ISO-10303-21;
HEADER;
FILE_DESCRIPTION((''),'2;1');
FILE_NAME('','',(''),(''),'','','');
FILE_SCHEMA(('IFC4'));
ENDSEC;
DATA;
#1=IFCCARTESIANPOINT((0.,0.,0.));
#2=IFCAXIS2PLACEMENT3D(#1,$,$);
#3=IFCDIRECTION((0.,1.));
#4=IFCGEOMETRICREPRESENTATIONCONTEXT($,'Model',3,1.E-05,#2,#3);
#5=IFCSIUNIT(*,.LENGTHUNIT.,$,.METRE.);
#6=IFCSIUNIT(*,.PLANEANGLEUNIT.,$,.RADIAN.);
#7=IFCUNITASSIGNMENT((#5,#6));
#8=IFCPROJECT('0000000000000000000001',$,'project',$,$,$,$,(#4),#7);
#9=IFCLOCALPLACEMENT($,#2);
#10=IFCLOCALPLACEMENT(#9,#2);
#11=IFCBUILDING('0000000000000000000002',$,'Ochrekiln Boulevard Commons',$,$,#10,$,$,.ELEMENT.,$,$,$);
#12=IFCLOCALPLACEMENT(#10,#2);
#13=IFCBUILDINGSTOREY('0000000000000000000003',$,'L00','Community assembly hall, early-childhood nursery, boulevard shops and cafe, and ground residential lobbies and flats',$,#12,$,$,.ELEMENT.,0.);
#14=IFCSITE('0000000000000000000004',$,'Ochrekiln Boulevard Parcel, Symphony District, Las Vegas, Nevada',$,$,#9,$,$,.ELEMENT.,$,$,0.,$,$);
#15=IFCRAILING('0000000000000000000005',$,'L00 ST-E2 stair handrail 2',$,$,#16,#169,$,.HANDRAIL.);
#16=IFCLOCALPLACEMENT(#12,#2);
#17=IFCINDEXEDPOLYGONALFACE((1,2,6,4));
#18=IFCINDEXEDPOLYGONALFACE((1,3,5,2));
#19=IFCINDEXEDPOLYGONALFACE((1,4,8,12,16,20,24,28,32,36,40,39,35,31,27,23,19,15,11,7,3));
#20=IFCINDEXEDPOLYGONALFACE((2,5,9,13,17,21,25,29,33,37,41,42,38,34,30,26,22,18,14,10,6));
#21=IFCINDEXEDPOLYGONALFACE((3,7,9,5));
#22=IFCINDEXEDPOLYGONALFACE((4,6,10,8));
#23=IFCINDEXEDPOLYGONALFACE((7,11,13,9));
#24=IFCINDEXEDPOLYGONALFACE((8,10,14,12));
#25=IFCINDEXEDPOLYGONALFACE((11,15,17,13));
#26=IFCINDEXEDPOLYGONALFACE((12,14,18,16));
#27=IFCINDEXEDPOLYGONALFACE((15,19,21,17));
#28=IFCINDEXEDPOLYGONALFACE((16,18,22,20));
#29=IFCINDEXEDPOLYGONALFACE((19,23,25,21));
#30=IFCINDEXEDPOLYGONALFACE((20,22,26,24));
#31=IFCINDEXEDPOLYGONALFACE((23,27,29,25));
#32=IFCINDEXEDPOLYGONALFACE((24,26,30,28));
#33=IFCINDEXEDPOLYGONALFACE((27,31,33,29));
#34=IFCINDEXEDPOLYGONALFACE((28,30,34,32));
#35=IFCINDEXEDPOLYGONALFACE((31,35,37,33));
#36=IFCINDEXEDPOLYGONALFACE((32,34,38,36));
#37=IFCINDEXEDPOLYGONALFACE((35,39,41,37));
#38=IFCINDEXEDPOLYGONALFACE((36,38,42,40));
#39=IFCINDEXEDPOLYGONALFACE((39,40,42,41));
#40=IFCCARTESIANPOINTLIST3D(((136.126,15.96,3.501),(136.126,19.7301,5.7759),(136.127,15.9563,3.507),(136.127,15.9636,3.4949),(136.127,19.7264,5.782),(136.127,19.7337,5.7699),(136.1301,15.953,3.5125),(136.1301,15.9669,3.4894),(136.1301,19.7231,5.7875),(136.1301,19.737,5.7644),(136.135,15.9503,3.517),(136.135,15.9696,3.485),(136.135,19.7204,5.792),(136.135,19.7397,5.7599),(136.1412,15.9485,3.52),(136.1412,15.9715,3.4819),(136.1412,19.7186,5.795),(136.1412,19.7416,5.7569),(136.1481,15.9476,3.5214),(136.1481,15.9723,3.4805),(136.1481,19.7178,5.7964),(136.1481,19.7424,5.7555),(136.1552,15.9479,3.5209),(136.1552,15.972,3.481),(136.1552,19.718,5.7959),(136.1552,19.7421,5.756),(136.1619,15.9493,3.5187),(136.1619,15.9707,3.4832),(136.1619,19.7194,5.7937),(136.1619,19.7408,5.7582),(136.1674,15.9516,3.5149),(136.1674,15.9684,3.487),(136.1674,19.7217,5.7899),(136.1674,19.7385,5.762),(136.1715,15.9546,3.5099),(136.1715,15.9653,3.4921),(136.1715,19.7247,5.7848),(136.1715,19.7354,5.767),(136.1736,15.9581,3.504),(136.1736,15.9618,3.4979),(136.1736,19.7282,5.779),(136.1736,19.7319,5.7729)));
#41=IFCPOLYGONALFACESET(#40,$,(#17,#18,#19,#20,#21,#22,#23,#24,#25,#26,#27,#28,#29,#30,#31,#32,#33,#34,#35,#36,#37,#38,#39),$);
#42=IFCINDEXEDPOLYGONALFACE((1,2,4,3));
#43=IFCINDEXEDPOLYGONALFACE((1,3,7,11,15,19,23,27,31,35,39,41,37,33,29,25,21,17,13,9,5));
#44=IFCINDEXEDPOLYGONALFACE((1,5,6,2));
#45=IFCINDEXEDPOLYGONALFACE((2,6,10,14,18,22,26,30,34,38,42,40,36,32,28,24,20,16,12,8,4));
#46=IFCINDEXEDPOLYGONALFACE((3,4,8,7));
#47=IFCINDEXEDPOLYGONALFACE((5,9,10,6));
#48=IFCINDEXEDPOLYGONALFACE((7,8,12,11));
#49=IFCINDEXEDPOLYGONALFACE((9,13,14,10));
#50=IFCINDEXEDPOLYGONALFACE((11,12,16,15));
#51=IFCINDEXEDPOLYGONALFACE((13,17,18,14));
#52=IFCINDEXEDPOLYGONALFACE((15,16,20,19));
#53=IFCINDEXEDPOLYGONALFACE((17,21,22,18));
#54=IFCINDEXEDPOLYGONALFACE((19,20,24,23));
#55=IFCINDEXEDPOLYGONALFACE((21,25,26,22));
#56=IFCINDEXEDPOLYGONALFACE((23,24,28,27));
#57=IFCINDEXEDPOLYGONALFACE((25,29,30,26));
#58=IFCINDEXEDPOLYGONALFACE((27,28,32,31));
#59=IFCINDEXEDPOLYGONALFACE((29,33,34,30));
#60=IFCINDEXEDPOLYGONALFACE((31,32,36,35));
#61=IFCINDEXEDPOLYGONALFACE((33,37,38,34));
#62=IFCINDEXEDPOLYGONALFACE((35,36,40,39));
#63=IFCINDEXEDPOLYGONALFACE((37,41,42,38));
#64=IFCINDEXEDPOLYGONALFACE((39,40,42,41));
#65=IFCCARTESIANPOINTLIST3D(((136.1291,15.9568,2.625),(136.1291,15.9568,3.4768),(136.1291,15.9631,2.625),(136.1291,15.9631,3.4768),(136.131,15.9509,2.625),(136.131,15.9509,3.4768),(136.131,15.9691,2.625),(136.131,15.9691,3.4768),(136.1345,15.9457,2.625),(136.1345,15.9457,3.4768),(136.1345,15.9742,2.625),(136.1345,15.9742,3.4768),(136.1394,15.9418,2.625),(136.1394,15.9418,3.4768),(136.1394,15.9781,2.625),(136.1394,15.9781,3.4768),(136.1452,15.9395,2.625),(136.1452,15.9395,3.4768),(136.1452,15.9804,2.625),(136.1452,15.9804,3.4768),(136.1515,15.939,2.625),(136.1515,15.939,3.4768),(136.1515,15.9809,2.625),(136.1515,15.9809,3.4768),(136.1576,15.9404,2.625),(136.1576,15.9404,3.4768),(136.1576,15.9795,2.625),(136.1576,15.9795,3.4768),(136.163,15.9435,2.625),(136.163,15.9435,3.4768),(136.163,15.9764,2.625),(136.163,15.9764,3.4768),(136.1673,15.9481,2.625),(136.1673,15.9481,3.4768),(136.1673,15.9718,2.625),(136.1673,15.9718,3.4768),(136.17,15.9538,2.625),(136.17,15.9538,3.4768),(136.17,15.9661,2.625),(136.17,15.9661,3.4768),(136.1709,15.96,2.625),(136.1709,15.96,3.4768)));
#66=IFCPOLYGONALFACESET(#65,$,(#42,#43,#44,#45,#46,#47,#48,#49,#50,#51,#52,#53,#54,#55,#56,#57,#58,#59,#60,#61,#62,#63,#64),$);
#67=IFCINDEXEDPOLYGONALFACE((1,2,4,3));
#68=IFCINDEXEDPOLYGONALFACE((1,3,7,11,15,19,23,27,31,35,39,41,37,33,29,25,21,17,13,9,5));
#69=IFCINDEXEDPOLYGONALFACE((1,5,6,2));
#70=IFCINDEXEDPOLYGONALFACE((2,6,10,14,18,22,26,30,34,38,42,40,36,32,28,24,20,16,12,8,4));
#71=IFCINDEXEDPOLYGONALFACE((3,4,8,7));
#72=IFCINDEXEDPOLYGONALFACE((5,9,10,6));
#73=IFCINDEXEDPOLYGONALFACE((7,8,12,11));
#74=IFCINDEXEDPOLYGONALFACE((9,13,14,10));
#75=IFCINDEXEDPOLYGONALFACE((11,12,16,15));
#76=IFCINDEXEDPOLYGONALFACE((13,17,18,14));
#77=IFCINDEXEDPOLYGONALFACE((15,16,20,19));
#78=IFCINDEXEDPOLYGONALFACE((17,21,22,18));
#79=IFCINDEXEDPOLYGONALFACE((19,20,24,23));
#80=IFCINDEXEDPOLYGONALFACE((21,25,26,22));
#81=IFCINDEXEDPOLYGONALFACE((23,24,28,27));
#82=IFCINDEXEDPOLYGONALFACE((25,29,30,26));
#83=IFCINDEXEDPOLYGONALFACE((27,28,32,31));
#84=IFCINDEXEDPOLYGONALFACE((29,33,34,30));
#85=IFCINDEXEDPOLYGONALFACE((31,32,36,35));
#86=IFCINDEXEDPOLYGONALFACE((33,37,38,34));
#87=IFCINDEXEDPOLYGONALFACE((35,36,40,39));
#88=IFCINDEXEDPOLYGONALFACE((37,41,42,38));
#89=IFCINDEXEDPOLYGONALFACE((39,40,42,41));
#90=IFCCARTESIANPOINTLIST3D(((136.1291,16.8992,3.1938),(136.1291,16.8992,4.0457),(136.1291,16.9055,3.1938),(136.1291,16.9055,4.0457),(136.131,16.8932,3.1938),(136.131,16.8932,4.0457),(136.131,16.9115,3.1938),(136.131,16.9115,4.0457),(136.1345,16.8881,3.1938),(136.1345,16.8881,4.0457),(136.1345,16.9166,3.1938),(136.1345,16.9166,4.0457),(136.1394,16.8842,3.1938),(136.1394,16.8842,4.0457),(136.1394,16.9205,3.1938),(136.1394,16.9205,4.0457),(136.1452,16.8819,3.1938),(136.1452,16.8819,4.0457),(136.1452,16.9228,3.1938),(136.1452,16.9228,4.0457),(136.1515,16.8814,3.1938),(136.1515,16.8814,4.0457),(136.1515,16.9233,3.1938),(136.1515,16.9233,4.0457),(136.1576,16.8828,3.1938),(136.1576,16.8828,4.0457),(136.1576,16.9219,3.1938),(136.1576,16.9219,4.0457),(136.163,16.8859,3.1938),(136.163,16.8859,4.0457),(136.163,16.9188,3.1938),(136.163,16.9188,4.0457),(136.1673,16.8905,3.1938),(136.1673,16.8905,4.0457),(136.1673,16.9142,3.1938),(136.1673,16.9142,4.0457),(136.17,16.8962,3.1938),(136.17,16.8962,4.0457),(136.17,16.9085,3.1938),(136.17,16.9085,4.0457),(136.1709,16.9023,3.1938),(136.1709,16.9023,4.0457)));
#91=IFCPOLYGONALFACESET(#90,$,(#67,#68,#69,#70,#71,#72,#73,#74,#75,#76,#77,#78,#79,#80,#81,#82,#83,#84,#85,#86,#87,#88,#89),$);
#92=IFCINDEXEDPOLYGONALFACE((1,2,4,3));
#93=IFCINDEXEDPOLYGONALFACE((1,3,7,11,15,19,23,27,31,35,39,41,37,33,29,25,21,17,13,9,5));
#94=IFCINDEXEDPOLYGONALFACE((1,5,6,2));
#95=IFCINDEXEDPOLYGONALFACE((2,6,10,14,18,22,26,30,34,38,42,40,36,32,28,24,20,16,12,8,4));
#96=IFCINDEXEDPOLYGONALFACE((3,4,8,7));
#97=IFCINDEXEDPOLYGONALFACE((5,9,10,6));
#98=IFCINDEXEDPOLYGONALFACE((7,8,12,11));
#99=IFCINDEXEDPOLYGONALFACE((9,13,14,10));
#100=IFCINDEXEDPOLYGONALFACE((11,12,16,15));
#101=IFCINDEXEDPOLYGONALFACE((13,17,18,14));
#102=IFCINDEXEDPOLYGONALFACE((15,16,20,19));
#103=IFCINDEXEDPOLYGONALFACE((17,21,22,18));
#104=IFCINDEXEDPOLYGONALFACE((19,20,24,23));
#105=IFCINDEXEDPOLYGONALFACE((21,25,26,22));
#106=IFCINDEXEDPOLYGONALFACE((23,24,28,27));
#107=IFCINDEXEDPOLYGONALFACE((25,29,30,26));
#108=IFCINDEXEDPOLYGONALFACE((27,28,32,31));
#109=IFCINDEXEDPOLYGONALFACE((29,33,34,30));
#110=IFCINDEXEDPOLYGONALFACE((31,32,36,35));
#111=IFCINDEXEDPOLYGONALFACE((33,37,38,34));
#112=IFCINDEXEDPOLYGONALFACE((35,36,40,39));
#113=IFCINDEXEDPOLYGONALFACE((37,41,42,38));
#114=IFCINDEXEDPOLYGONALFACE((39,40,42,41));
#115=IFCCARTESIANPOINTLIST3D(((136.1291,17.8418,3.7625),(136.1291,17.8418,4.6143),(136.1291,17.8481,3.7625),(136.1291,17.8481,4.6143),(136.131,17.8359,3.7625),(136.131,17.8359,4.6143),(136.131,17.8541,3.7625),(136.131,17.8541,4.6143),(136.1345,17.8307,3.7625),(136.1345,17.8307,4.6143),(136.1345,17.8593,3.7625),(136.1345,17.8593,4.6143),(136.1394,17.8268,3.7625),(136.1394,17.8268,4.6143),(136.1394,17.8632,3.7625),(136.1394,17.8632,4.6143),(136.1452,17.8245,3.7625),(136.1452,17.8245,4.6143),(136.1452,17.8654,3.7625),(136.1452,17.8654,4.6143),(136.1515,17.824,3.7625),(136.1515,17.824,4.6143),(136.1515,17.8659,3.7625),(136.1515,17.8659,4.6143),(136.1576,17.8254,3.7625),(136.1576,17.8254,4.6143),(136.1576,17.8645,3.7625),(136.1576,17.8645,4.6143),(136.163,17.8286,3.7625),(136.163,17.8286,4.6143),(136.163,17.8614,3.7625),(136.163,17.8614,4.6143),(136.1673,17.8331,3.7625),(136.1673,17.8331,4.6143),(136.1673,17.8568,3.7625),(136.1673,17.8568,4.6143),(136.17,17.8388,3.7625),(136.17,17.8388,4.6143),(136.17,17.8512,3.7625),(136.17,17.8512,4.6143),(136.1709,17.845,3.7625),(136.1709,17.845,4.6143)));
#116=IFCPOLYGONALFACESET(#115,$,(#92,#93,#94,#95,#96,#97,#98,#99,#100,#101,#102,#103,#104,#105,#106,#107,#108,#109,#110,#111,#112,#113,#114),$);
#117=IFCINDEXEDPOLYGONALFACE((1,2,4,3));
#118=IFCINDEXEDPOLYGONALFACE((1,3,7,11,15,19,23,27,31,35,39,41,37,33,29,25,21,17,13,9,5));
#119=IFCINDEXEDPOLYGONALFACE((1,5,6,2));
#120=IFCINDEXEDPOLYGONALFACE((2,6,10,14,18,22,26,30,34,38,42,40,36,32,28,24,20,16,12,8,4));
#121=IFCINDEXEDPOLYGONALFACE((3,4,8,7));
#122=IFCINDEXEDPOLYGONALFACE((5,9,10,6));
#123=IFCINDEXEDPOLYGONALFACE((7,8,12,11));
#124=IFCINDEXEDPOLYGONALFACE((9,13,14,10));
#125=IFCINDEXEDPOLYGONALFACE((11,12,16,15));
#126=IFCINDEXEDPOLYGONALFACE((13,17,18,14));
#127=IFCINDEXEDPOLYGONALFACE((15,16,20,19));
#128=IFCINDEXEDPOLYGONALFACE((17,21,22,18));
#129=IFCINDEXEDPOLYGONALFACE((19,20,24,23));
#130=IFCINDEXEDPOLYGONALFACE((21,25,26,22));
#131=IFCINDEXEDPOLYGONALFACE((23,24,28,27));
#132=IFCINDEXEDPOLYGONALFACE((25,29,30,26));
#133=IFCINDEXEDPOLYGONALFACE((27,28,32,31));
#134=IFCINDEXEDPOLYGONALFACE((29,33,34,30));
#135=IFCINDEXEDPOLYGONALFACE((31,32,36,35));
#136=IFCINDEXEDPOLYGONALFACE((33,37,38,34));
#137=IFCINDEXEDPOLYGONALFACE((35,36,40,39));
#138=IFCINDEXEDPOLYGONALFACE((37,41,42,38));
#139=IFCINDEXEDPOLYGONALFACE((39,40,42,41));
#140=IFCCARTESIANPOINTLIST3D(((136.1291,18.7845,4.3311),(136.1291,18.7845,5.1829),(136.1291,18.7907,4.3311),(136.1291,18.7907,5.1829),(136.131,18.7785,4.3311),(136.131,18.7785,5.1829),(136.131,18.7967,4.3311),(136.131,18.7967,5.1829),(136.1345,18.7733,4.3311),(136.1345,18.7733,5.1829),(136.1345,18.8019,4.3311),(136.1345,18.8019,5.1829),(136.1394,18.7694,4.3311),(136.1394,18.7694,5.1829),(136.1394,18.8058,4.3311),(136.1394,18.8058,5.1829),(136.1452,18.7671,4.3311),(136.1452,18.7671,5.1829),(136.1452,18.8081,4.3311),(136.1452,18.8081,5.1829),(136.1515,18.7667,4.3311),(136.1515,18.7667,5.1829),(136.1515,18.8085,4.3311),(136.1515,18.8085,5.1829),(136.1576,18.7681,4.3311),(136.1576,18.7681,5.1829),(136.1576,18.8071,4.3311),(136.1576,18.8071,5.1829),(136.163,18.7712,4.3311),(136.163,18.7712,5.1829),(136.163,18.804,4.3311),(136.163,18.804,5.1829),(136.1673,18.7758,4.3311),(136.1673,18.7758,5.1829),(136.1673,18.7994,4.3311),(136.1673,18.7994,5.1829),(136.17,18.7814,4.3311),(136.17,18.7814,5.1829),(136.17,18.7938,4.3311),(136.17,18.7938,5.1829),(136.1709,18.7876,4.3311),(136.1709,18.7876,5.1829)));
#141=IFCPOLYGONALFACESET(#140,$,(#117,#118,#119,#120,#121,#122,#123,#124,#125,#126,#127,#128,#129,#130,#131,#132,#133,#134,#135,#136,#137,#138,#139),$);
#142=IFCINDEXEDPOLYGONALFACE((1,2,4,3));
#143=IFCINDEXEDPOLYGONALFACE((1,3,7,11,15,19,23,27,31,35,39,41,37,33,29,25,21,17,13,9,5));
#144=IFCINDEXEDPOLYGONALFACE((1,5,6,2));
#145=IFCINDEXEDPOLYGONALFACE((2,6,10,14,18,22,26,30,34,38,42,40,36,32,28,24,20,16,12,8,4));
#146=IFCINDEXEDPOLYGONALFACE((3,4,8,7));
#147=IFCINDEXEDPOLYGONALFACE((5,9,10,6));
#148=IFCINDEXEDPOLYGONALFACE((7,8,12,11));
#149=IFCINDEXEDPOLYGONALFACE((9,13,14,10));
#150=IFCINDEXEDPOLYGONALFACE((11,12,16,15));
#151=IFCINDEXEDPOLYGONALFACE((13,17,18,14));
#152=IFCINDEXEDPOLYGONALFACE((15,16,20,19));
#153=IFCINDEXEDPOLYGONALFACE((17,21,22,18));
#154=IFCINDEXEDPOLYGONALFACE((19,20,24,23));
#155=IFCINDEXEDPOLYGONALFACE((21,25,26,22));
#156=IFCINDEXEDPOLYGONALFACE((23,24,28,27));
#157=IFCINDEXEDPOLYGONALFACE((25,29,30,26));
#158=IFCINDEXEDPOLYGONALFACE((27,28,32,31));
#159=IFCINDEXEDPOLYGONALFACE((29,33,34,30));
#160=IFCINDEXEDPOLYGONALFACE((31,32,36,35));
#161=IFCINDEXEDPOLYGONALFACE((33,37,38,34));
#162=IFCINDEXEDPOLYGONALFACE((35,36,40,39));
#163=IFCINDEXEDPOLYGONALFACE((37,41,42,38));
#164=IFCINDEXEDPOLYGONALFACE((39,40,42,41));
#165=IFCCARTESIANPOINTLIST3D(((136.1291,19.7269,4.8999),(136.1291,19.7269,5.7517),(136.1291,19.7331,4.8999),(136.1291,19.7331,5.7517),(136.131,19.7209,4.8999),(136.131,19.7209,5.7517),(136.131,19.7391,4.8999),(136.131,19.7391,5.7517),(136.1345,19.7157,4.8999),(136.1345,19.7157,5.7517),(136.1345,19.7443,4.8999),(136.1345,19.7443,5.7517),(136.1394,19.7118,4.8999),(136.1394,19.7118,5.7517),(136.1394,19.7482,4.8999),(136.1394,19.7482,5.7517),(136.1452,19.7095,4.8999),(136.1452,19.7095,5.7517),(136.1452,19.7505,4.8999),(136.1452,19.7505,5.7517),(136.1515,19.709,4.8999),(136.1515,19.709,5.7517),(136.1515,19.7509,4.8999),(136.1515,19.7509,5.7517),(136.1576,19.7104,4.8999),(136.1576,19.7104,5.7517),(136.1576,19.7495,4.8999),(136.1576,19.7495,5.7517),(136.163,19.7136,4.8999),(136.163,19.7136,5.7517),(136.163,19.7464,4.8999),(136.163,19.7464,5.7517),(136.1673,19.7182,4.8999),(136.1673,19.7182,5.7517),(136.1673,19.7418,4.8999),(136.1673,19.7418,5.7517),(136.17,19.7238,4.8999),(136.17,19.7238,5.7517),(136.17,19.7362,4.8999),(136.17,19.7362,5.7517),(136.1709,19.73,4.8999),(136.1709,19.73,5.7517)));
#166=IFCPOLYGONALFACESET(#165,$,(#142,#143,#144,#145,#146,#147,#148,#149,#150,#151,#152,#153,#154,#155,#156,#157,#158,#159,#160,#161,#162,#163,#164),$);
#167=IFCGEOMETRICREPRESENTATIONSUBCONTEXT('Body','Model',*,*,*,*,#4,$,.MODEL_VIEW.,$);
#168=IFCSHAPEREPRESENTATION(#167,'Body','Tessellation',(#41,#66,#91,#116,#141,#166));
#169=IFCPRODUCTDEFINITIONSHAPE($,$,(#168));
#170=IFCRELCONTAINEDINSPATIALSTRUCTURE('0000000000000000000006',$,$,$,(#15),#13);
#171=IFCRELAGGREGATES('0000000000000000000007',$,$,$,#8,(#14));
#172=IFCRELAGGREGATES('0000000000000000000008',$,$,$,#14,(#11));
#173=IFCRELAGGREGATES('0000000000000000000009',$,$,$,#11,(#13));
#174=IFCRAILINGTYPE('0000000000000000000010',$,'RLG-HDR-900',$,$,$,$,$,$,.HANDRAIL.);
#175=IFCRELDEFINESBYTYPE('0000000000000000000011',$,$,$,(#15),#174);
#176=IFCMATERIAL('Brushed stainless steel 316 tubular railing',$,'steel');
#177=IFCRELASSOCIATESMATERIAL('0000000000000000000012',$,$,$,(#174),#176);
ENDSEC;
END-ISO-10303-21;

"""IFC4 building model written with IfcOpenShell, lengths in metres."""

from ifc_helpers import new_model, si_unit, direction, frame, origin, origin_2d, place, context, subcontext, project, spatial, circle, extrude, material, type_object, element, save


model = new_model("IFC4")

# Units and contexts
model_context = context("Model", 3, precision=1e-05, world=origin(), true_north=direction((0.0, 1.0)))
body_context = subcontext(model_context, "Body", "Model", "MODEL_VIEW")
ifc_project = project(units=[si_unit("LENGTHUNIT", "METRE"), si_unit("PLANEANGLEUNIT", "RADIAN")], contexts=[model_context])

# Site, building, storey
site_placement = place(None, origin())
site = spatial("IfcSite", under=ifc_project, at=site_placement, Name="Ochrekiln Boulevard Parcel, Symphony District, Las Vegas, Nevada", CompositionType="ELEMENT", RefElevation=0.0)
building_placement = place(site_placement, origin())
building = spatial("IfcBuilding", under=site, at=building_placement, Name="Ochrekiln Boulevard Commons", CompositionType="ELEMENT")
storey_placement = place(building_placement, origin())
storey = spatial("IfcBuildingStorey", under=building, at=storey_placement, Name="L00", Description="Community assembly hall, early-childhood nursery, boulevard shops and cafe, and ground residential lobbies and flats", CompositionType="ELEMENT", Elevation=0.0)

# Railing
ifc_material_1 = material(Name="Brushed stainless steel 316 tubular railing", Category="steel")
railing_type_1 = type_object("IfcRailingType", Name="RLG-HDR-900", PredefinedType="HANDRAIL", material=ifc_material_1)
railing_1_placement = place(storey_placement, frame((136.1499, 15.96, 2.625)))
element("IfcRailing", 1, at=railing_1_placement, inside=storey, type_object=railing_type_1, Name="L00 ST-E2 stair handrail 2", PredefinedType="HANDRAIL", context=body_context, shape_type="SweptSolid", body=[
    extrude(circle(Radius=0.0239, at=origin_2d()), frame((0.0, 0.0, 0.876), z_axis=(0.0, 0.856199, 0.516647), x_axis=(-1.0, 0.0, 0.0)), (0.0, 0.0, 1.0), 4.4033),
    extrude(circle(Radius=0.021, at=origin_2d()), origin(), (0.0, 0.0, 1.0), 0.8518),
    extrude(circle(Radius=0.021, at=origin_2d()), frame((0.0, 0.9424, 0.5688)), (0.0, 0.0, 1.0), 0.8518),
    extrude(circle(Radius=0.021, at=origin_2d()), frame((0.0, 1.885, 1.1375)), (0.0, 0.0, 1.0), 0.8518),
    extrude(circle(Radius=0.021, at=origin_2d()), frame((0.0, 2.8276, 1.7061)), (0.0, 0.0, 1.0), 0.8518),
    extrude(circle(Radius=0.021, at=origin_2d()), frame((0.0, 3.77, 2.2749)), (0.0, 0.0, 1.0), 0.8518),
])

save(model, "model.ifc")
